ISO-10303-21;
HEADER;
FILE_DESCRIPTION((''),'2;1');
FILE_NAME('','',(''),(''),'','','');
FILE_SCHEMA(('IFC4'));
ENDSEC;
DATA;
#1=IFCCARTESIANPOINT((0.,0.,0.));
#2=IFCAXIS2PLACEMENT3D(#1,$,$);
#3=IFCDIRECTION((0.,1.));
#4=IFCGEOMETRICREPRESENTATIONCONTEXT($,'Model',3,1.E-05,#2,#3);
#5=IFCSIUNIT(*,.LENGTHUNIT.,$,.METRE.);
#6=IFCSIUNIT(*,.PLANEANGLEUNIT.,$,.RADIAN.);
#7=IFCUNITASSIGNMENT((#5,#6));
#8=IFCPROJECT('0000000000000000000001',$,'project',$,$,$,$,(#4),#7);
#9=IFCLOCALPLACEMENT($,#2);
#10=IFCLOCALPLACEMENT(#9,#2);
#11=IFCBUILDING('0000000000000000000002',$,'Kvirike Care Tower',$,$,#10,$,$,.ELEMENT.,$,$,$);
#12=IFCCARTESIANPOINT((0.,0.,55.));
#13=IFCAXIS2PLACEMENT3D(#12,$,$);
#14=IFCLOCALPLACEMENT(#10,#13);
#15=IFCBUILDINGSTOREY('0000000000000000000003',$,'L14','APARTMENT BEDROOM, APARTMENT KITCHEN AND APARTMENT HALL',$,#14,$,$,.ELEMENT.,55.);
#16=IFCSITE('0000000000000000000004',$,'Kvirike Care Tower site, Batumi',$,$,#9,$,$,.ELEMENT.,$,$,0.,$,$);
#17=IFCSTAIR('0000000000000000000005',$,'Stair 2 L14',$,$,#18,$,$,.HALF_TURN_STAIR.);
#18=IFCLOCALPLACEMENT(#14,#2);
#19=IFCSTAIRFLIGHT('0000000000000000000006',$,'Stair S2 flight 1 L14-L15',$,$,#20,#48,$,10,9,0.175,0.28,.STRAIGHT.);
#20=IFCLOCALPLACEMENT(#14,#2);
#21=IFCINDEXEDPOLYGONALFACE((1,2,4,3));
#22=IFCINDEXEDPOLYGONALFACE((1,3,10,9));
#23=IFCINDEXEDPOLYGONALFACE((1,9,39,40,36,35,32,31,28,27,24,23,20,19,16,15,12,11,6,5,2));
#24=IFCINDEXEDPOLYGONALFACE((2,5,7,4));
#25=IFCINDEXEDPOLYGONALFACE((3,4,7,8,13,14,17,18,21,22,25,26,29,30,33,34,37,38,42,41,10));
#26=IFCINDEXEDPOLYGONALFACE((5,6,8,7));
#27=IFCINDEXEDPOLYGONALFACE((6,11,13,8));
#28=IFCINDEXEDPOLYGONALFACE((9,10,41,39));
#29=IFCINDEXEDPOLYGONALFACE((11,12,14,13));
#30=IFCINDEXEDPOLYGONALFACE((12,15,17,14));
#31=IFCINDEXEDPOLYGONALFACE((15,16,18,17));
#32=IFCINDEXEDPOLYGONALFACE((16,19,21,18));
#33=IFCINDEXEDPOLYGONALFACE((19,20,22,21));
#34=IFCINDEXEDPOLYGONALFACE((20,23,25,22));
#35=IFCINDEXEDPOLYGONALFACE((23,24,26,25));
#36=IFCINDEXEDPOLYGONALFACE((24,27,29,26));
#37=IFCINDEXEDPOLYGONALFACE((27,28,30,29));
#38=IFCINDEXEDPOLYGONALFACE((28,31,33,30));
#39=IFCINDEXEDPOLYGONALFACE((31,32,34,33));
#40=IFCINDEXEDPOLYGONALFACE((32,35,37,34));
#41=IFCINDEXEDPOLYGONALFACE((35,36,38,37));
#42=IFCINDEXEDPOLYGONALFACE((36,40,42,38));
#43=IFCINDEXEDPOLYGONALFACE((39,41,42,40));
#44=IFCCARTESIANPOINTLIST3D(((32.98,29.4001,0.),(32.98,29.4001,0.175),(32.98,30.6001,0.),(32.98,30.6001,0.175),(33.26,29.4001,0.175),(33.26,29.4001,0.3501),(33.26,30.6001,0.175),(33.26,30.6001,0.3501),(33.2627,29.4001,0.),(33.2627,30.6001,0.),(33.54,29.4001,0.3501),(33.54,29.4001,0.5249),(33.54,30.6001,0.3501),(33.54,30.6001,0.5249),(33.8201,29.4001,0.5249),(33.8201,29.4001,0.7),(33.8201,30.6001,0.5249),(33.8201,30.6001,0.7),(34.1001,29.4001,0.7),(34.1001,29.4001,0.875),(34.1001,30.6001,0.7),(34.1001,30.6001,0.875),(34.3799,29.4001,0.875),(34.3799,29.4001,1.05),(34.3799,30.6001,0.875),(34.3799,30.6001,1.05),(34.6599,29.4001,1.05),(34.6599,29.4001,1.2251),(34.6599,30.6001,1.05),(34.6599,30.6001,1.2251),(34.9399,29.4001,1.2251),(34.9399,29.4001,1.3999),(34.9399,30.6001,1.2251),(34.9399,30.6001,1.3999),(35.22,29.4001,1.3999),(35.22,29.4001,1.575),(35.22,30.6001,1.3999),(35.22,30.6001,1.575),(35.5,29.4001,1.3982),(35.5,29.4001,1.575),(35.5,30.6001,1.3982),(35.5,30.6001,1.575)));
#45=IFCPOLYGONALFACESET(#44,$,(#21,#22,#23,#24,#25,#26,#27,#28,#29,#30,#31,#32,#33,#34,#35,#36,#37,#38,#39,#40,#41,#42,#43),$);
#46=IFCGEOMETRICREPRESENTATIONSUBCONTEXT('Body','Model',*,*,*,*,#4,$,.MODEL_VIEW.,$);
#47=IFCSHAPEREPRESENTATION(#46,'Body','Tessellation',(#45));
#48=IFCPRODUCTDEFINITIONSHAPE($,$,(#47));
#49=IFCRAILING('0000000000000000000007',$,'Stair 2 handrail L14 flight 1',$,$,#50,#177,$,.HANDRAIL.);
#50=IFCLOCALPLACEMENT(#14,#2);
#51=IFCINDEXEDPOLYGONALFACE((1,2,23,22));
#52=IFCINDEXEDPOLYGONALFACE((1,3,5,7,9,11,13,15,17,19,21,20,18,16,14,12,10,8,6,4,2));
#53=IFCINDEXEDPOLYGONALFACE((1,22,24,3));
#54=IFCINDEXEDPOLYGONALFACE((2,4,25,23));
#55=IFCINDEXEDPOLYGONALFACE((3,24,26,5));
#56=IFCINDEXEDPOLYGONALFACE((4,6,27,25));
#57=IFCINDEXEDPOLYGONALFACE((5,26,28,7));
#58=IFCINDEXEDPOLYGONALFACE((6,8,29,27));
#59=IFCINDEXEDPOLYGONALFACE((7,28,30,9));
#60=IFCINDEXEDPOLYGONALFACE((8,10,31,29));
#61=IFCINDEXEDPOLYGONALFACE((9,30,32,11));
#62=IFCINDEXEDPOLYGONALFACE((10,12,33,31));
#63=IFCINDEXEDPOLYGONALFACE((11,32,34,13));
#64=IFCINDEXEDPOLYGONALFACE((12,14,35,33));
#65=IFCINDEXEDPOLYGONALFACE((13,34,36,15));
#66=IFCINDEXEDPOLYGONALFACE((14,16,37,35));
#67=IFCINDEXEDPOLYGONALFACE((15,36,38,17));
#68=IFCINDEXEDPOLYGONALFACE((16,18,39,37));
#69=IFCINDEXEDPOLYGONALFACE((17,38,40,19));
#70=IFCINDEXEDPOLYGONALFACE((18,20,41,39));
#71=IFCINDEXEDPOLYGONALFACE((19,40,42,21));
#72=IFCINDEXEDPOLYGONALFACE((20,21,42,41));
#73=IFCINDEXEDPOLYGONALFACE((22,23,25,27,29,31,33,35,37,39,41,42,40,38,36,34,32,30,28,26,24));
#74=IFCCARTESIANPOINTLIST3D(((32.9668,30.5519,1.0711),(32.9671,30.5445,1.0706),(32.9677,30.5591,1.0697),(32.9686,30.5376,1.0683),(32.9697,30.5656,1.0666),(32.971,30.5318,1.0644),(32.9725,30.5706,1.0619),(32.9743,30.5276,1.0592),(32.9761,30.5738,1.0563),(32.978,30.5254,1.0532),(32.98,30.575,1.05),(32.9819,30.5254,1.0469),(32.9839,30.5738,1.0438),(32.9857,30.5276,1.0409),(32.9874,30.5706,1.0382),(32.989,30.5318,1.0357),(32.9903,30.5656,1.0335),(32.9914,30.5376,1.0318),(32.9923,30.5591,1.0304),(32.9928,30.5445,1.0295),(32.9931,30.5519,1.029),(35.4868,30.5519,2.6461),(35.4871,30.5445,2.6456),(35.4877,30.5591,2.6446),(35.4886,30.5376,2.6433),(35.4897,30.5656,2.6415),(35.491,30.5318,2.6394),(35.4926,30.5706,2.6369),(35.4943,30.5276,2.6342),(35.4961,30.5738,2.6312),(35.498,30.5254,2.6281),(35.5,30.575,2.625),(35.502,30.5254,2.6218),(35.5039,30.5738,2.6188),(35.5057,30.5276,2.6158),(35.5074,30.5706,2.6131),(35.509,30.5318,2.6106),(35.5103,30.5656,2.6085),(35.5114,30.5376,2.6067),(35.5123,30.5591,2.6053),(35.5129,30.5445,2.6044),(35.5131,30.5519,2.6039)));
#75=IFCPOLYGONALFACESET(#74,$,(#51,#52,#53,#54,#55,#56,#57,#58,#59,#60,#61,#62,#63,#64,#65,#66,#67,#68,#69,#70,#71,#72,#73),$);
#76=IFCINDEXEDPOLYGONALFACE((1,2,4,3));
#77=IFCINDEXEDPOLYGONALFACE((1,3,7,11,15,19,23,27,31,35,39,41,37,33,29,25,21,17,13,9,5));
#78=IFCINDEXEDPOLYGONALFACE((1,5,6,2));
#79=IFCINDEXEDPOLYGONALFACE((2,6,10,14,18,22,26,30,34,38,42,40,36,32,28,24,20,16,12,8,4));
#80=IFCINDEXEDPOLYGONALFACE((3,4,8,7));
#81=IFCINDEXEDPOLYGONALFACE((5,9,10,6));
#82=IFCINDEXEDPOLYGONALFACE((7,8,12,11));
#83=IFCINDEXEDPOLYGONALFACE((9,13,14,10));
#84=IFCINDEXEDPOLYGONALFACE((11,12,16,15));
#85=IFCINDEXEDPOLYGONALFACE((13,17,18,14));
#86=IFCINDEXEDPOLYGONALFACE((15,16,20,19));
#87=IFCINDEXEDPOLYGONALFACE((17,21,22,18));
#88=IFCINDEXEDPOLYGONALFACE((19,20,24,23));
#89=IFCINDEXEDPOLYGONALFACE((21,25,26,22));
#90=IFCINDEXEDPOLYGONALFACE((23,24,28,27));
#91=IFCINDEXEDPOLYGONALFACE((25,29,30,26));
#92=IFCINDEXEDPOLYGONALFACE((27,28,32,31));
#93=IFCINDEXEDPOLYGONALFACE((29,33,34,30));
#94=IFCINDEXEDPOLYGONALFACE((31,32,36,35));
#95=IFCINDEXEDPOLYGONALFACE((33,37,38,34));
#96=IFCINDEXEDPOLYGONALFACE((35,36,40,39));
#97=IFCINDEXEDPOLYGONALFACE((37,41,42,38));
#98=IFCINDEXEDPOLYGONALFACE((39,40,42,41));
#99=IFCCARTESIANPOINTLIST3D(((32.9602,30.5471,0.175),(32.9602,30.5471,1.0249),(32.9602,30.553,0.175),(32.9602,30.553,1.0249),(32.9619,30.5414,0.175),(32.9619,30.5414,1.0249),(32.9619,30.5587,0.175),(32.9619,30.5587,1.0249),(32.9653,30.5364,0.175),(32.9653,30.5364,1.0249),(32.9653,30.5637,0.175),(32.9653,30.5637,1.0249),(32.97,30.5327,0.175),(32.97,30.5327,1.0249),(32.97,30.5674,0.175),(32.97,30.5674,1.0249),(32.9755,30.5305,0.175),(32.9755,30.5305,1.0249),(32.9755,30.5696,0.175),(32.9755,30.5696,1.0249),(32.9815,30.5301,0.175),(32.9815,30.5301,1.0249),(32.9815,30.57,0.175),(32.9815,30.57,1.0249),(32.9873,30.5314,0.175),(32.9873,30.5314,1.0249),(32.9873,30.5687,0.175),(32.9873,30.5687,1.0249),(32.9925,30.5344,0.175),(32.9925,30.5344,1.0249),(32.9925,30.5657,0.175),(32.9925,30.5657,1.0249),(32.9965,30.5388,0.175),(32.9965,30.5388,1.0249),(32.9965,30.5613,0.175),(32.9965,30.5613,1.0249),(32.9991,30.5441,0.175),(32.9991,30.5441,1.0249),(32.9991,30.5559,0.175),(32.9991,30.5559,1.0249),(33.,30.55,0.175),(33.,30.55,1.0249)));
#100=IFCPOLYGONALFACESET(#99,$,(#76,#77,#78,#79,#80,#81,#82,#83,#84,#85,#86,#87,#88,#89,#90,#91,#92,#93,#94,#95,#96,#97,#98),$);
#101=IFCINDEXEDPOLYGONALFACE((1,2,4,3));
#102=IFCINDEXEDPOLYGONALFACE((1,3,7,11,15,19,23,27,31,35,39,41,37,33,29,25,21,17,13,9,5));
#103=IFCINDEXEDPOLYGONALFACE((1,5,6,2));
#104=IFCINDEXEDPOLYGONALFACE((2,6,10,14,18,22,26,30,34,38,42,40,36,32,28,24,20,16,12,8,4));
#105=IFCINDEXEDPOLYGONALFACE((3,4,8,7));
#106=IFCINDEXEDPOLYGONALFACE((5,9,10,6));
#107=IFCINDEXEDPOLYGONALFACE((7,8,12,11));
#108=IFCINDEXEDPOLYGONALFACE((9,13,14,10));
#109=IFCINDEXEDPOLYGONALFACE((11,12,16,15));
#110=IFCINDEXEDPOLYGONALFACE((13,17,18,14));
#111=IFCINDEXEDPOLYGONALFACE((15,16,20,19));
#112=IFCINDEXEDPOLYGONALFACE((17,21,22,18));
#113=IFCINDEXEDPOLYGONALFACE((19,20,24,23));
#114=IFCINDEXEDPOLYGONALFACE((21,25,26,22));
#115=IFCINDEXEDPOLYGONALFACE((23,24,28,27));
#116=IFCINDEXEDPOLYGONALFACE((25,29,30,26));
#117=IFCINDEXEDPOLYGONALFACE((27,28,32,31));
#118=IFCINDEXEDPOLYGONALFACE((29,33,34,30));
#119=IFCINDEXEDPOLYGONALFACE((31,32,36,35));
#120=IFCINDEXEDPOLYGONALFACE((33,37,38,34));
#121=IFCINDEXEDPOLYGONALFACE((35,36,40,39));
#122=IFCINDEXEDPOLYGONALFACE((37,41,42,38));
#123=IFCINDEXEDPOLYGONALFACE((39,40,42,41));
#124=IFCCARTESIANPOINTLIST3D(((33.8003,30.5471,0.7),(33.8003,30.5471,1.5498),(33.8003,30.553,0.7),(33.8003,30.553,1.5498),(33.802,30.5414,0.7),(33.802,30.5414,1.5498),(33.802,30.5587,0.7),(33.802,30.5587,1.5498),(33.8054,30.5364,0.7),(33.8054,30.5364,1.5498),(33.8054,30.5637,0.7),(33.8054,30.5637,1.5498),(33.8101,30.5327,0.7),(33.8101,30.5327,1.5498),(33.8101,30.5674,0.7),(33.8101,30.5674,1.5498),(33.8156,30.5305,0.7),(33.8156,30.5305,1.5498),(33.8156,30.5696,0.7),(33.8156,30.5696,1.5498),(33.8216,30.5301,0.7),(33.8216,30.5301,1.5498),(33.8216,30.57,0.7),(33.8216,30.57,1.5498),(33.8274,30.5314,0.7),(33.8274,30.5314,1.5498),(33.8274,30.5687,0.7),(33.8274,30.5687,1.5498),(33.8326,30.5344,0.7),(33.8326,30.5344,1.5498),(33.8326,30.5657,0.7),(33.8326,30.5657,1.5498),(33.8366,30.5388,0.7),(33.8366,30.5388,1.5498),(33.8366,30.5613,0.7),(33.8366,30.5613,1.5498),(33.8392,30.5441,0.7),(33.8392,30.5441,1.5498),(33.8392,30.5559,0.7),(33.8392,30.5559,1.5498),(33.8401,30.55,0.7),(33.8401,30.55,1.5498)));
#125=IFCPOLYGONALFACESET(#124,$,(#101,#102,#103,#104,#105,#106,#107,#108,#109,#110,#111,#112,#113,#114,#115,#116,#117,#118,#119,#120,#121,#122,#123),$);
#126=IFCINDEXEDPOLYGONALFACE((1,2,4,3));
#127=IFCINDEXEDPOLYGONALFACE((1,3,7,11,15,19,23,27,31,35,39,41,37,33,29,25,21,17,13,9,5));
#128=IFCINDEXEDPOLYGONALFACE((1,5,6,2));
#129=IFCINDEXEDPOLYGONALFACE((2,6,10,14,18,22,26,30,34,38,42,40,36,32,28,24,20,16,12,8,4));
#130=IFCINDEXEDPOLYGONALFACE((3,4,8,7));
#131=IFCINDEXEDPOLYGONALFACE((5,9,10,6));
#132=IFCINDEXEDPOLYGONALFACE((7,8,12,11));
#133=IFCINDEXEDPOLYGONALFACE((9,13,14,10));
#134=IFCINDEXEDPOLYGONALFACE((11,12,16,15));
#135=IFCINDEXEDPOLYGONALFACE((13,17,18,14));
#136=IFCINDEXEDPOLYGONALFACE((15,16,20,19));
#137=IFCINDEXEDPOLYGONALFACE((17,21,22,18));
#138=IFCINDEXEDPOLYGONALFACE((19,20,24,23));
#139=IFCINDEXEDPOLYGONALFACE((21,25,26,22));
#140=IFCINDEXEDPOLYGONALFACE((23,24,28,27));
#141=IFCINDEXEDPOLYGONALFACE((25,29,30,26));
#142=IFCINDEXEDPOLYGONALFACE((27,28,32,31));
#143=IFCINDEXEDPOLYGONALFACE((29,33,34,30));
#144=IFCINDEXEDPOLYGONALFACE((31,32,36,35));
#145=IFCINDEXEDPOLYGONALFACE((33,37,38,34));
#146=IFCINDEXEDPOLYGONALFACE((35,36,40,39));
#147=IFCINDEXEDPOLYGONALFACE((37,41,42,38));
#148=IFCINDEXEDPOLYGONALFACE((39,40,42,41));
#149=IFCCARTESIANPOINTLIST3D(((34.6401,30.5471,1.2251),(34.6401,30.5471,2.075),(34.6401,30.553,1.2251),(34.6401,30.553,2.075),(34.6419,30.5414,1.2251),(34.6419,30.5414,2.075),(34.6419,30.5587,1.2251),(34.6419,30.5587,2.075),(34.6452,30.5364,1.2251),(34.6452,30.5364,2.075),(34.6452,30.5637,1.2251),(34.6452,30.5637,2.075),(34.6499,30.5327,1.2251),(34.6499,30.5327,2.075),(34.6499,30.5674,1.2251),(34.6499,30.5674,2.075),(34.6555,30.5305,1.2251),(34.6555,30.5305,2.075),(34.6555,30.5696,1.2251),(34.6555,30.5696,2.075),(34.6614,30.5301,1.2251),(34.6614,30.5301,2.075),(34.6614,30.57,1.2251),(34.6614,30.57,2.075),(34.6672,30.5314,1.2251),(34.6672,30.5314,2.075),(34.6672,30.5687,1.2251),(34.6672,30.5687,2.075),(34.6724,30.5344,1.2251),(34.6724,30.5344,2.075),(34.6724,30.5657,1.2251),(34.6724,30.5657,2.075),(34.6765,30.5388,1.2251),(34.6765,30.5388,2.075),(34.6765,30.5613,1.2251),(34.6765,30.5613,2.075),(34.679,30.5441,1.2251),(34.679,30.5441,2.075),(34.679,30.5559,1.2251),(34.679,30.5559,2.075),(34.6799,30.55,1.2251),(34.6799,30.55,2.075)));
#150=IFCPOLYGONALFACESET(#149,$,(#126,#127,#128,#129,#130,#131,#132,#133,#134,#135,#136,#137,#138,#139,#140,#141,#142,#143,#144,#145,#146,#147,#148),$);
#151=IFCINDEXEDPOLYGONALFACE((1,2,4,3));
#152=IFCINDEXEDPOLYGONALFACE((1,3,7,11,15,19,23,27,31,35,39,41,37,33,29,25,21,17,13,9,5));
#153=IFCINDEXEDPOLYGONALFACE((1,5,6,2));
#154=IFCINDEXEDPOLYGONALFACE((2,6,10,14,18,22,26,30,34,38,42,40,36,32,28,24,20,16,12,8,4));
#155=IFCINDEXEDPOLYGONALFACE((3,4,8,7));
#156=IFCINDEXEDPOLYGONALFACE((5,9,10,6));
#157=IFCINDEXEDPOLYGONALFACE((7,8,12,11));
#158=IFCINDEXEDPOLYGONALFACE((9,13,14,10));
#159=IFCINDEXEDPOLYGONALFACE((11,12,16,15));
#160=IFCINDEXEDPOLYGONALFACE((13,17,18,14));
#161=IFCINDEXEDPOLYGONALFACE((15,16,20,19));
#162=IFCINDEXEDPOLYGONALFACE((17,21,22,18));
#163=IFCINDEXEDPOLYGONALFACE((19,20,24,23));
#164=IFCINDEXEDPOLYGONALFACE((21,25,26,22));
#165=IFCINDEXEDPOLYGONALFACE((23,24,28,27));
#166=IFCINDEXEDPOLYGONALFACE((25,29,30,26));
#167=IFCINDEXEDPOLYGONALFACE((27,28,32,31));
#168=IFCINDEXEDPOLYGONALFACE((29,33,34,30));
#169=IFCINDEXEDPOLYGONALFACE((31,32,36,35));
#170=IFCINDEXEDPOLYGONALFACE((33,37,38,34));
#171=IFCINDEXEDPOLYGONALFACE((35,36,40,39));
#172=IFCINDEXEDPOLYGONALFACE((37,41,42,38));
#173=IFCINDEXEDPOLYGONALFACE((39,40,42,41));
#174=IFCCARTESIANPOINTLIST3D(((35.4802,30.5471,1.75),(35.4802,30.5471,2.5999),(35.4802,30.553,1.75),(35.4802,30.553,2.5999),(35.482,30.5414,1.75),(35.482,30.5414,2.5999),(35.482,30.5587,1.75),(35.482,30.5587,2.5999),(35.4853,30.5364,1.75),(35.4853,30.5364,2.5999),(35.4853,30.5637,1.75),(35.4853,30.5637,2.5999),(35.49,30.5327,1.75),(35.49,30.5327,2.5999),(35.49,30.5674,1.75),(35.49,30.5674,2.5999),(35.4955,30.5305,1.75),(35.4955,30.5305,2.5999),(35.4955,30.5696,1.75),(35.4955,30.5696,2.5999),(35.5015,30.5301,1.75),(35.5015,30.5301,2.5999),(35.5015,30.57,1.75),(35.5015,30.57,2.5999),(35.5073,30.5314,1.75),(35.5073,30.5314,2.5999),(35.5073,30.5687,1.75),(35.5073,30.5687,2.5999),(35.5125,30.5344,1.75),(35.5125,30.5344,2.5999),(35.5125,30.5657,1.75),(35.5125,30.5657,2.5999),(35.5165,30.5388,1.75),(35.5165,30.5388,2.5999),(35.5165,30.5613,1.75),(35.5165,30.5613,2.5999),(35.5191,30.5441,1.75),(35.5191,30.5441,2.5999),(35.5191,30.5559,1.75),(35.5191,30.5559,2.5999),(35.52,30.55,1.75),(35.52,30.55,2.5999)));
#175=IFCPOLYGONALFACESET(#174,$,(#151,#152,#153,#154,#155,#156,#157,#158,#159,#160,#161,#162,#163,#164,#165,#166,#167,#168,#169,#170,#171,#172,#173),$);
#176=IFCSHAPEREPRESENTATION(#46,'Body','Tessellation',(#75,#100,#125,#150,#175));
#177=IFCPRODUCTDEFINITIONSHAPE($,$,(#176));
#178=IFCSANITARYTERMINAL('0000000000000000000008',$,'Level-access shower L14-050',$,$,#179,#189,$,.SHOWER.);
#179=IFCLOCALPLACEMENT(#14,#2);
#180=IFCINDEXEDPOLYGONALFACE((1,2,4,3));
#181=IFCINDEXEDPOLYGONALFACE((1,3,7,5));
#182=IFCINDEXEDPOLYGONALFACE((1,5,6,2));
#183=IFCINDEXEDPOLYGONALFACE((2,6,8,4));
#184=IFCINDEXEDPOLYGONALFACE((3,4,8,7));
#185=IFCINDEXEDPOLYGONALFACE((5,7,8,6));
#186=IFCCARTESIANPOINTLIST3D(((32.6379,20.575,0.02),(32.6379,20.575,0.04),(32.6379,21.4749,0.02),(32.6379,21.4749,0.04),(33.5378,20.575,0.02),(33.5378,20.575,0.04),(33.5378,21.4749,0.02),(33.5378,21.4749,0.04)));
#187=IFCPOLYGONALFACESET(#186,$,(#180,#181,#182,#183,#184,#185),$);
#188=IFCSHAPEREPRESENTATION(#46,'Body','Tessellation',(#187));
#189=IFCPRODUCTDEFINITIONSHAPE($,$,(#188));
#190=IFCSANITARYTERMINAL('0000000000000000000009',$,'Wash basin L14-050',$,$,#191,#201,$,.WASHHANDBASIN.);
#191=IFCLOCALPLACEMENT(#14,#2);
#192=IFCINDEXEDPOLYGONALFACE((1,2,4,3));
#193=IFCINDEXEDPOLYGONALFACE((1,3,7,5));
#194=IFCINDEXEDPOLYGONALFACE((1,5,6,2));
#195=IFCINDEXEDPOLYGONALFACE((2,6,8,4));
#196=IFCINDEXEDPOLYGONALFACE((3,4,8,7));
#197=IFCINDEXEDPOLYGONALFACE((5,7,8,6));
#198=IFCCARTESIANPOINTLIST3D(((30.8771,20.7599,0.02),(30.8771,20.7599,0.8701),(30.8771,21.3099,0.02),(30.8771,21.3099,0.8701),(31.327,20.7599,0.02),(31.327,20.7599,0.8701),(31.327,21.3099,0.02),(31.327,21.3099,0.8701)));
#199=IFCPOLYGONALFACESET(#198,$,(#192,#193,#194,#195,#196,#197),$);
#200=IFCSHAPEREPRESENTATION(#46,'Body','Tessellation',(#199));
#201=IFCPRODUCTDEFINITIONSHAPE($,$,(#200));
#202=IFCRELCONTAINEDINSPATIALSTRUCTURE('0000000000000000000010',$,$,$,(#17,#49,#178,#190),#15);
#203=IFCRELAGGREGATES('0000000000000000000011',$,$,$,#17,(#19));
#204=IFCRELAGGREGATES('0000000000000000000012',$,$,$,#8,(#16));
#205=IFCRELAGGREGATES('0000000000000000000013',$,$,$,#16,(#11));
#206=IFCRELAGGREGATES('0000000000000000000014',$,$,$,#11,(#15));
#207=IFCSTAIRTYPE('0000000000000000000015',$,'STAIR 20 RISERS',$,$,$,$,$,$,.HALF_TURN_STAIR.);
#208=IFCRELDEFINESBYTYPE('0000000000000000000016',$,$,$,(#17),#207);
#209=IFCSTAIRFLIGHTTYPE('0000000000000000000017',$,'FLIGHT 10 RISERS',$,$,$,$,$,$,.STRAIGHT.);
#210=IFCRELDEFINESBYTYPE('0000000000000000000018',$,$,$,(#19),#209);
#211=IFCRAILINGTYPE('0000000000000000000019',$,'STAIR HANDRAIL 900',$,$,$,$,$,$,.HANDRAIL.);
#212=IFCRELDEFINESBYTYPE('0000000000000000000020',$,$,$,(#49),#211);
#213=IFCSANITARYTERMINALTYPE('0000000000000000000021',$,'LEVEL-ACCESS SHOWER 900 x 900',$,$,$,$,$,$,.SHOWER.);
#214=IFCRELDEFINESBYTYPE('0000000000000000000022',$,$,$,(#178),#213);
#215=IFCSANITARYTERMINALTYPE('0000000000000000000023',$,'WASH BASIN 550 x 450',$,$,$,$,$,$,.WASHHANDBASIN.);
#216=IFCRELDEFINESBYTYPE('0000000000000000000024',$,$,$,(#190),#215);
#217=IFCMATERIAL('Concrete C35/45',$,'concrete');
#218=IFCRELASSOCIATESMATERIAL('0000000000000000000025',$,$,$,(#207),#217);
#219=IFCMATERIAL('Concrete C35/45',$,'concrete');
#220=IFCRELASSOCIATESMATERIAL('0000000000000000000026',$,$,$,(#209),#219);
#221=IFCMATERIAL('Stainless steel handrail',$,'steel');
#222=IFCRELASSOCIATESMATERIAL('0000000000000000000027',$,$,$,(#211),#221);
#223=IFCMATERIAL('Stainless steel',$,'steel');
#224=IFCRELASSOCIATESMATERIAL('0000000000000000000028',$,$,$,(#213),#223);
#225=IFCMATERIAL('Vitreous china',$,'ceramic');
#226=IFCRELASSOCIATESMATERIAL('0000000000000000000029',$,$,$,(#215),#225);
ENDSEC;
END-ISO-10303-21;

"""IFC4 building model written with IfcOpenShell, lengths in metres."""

from ifc_helpers import new_model, si_unit, direction, frame, origin, origin_2d, place, context, subcontext, project, spatial, polyline, rectangle, circle, outline, extrude, material, type_object, element, aggregate, save


model = new_model("IFC4")

# Units and contexts
model_context = context("Model", 3, precision=1e-05, world=origin(), true_north=direction((0.0, 1.0)))
body_context = subcontext(model_context, "Body", "Model", "MODEL_VIEW")
ifc_project = project(units=[si_unit("LENGTHUNIT", "METRE"), si_unit("PLANEANGLEUNIT", "RADIAN")], contexts=[model_context])

# Site, building, storey
site_placement = place(None, origin())
site = spatial("IfcSite", under=ifc_project, at=site_placement, Name="Kvirike Care Tower site, Batumi", CompositionType="ELEMENT", RefElevation=0.0)
building_placement = place(site_placement, origin())
building = spatial("IfcBuilding", under=site, at=building_placement, Name="Kvirike Care Tower", CompositionType="ELEMENT")
storey_placement = place(building_placement, frame((0.0, 0.0, 55.0)))
storey = spatial("IfcBuildingStorey", under=building, at=storey_placement, Name="L14", Description="APARTMENT BEDROOM, APARTMENT KITCHEN AND APARTMENT HALL", CompositionType="ELEMENT", Elevation=55.0)

# Stair, stair flight
ifc_material_1 = material(Name="Concrete C35/45", Category="concrete")
stair_type = type_object("IfcStairType", Name="STAIR 20 RISERS", PredefinedType="HALF_TURN_STAIR", material=ifc_material_1)
stair_placement = place(storey_placement, origin())
stair = element("IfcStair", 1, at=stair_placement, inside=storey, type_object=stair_type, Name="Stair 2 L14", PredefinedType="HALF_TURN_STAIR")
ifc_material_2 = material(Name="Concrete C35/45", Category="concrete")
stair_flight_type = type_object("IfcStairFlightType", Name="FLIGHT 10 RISERS", PredefinedType="STRAIGHT", material=ifc_material_2)
stair_flight_placement = place(storey_placement, frame((32.98, 30.0, 0.0), z_axis=(0.0, 0.0, 1.0), x_axis=(1.0, 0.0, 0.0)))
stair_flight = element("IfcStairFlight", 2, at=stair_flight_placement, type_object=stair_flight_type, Name="Stair S2 flight 1 L14-L15", NumberOfRisers=10, NumberOfTreads=9, PredefinedType="STRAIGHT", RiserHeight=0.175, TreadLength=0.28, context=body_context, shape_type="SweptSolid", body=[
    extrude(outline(polyline([(0.0, 0.0), (0.0, 0.175), (0.28, 0.175), (0.28, 0.3501), (0.5601, 0.3501), (0.5601, 0.5249), (0.8401, 0.5249), (0.8401, 0.7), (1.1201, 0.7), (1.1201, 0.875), (1.3999, 0.875), (1.3999, 1.05), (1.6799, 1.05), (1.6799, 1.2251), (1.96, 1.2251), (1.96, 1.3999), (2.24, 1.3999), (2.24, 1.575), (2.52, 1.575), (2.52, 1.75), (2.52, 1.3982), (0.2827, 0.0), (0.0, 0.0)])), frame((0.0, 0.6001, 0.0), z_axis=(0.0, -1.0, 0.0), x_axis=(1.0, 0.0, 0.0)), (0.0, 0.0, 1.0), 1.2),
])
aggregate(stair, [stair_flight])

# Railing
ifc_material_3 = material(Name="Stainless steel handrail", Category="steel")
railing_type = type_object("IfcRailingType", Name="STAIR HANDRAIL 900", PredefinedType="HANDRAIL", material=ifc_material_3)
railing_placement = place(storey_placement, frame((32.98, 30.55, 0.175)))
element("IfcRailing", 3, at=railing_placement, inside=storey, type_object=railing_type, Name="Stair 2 handrail L14 flight 1", PredefinedType="HANDRAIL", context=body_context, shape_type="SweptSolid", body=[
    extrude(circle(Radius=0.0249, at=origin_2d()), frame((0.0, 0.0, 0.875), z_axis=(0.848008, 0.0, 0.529984), x_axis=(0.0, 1.0, 0.0)), (0.0, 0.0, 1.0), 2.9717),
    extrude(circle(Radius=0.02, at=origin_2d()), origin(), (0.0, 0.0, 1.0), 0.8499),
    extrude(circle(Radius=0.02, at=origin_2d()), frame((0.8401, 0.0, 0.5249)), (0.0, 0.0, 1.0), 0.8499),
    extrude(circle(Radius=0.02, at=origin_2d()), frame((1.6799, 0.0, 1.05)), (0.0, 0.0, 1.0), 0.8499),
    extrude(circle(Radius=0.02, at=origin_2d()), frame((2.52, 0.0, 1.575)), (0.0, 0.0, 1.0), 0.8499),
])

# Sanitary terminals
ifc_material_4 = material(Name="Stainless steel", Category="steel")
sanitary_terminal_type_1 = type_object("IfcSanitaryTerminalType", Name="LEVEL-ACCESS SHOWER 900 x 900", PredefinedType="SHOWER", material=ifc_material_4)
sanitary_terminal_1_placement = place(storey_placement, frame((33.0879, 21.0249, 0.02), z_axis=(0.0, 0.0, 1.0), x_axis=(0.0, -1.0, 0.0)))
element("IfcSanitaryTerminal", 4, at=sanitary_terminal_1_placement, inside=storey, type_object=sanitary_terminal_type_1, Name="Level-access shower L14-050", PredefinedType="SHOWER", context=body_context, shape_type="SweptSolid", body=[
    extrude(rectangle(XDim=0.8999, YDim=0.8999, at=origin_2d()), origin(), (0.0, 0.0, 1.0), 0.02),
])
ifc_material_5 = material(Name="Vitreous china", Category="ceramic")
sanitary_terminal_type_2 = type_object("IfcSanitaryTerminalType", Name="WASH BASIN 550 x 450", PredefinedType="WASHHANDBASIN", material=ifc_material_5)
sanitary_terminal_2_placement = place(storey_placement, frame((31.1021, 21.0349, 0.02), z_axis=(0.0, 0.0, 1.0), x_axis=(0.0, 1.0, 0.0)))
element("IfcSanitaryTerminal", 5, at=sanitary_terminal_2_placement, inside=storey, type_object=sanitary_terminal_type_2, Name="Wash basin L14-050", PredefinedType="WASHHANDBASIN", context=body_context, shape_type="SweptSolid", body=[
    extrude(rectangle(XDim=0.55, YDim=0.45, at=origin_2d()), origin(), (0.0, 0.0, 1.0), 0.8501),
])

save(model, "model.ifc")
